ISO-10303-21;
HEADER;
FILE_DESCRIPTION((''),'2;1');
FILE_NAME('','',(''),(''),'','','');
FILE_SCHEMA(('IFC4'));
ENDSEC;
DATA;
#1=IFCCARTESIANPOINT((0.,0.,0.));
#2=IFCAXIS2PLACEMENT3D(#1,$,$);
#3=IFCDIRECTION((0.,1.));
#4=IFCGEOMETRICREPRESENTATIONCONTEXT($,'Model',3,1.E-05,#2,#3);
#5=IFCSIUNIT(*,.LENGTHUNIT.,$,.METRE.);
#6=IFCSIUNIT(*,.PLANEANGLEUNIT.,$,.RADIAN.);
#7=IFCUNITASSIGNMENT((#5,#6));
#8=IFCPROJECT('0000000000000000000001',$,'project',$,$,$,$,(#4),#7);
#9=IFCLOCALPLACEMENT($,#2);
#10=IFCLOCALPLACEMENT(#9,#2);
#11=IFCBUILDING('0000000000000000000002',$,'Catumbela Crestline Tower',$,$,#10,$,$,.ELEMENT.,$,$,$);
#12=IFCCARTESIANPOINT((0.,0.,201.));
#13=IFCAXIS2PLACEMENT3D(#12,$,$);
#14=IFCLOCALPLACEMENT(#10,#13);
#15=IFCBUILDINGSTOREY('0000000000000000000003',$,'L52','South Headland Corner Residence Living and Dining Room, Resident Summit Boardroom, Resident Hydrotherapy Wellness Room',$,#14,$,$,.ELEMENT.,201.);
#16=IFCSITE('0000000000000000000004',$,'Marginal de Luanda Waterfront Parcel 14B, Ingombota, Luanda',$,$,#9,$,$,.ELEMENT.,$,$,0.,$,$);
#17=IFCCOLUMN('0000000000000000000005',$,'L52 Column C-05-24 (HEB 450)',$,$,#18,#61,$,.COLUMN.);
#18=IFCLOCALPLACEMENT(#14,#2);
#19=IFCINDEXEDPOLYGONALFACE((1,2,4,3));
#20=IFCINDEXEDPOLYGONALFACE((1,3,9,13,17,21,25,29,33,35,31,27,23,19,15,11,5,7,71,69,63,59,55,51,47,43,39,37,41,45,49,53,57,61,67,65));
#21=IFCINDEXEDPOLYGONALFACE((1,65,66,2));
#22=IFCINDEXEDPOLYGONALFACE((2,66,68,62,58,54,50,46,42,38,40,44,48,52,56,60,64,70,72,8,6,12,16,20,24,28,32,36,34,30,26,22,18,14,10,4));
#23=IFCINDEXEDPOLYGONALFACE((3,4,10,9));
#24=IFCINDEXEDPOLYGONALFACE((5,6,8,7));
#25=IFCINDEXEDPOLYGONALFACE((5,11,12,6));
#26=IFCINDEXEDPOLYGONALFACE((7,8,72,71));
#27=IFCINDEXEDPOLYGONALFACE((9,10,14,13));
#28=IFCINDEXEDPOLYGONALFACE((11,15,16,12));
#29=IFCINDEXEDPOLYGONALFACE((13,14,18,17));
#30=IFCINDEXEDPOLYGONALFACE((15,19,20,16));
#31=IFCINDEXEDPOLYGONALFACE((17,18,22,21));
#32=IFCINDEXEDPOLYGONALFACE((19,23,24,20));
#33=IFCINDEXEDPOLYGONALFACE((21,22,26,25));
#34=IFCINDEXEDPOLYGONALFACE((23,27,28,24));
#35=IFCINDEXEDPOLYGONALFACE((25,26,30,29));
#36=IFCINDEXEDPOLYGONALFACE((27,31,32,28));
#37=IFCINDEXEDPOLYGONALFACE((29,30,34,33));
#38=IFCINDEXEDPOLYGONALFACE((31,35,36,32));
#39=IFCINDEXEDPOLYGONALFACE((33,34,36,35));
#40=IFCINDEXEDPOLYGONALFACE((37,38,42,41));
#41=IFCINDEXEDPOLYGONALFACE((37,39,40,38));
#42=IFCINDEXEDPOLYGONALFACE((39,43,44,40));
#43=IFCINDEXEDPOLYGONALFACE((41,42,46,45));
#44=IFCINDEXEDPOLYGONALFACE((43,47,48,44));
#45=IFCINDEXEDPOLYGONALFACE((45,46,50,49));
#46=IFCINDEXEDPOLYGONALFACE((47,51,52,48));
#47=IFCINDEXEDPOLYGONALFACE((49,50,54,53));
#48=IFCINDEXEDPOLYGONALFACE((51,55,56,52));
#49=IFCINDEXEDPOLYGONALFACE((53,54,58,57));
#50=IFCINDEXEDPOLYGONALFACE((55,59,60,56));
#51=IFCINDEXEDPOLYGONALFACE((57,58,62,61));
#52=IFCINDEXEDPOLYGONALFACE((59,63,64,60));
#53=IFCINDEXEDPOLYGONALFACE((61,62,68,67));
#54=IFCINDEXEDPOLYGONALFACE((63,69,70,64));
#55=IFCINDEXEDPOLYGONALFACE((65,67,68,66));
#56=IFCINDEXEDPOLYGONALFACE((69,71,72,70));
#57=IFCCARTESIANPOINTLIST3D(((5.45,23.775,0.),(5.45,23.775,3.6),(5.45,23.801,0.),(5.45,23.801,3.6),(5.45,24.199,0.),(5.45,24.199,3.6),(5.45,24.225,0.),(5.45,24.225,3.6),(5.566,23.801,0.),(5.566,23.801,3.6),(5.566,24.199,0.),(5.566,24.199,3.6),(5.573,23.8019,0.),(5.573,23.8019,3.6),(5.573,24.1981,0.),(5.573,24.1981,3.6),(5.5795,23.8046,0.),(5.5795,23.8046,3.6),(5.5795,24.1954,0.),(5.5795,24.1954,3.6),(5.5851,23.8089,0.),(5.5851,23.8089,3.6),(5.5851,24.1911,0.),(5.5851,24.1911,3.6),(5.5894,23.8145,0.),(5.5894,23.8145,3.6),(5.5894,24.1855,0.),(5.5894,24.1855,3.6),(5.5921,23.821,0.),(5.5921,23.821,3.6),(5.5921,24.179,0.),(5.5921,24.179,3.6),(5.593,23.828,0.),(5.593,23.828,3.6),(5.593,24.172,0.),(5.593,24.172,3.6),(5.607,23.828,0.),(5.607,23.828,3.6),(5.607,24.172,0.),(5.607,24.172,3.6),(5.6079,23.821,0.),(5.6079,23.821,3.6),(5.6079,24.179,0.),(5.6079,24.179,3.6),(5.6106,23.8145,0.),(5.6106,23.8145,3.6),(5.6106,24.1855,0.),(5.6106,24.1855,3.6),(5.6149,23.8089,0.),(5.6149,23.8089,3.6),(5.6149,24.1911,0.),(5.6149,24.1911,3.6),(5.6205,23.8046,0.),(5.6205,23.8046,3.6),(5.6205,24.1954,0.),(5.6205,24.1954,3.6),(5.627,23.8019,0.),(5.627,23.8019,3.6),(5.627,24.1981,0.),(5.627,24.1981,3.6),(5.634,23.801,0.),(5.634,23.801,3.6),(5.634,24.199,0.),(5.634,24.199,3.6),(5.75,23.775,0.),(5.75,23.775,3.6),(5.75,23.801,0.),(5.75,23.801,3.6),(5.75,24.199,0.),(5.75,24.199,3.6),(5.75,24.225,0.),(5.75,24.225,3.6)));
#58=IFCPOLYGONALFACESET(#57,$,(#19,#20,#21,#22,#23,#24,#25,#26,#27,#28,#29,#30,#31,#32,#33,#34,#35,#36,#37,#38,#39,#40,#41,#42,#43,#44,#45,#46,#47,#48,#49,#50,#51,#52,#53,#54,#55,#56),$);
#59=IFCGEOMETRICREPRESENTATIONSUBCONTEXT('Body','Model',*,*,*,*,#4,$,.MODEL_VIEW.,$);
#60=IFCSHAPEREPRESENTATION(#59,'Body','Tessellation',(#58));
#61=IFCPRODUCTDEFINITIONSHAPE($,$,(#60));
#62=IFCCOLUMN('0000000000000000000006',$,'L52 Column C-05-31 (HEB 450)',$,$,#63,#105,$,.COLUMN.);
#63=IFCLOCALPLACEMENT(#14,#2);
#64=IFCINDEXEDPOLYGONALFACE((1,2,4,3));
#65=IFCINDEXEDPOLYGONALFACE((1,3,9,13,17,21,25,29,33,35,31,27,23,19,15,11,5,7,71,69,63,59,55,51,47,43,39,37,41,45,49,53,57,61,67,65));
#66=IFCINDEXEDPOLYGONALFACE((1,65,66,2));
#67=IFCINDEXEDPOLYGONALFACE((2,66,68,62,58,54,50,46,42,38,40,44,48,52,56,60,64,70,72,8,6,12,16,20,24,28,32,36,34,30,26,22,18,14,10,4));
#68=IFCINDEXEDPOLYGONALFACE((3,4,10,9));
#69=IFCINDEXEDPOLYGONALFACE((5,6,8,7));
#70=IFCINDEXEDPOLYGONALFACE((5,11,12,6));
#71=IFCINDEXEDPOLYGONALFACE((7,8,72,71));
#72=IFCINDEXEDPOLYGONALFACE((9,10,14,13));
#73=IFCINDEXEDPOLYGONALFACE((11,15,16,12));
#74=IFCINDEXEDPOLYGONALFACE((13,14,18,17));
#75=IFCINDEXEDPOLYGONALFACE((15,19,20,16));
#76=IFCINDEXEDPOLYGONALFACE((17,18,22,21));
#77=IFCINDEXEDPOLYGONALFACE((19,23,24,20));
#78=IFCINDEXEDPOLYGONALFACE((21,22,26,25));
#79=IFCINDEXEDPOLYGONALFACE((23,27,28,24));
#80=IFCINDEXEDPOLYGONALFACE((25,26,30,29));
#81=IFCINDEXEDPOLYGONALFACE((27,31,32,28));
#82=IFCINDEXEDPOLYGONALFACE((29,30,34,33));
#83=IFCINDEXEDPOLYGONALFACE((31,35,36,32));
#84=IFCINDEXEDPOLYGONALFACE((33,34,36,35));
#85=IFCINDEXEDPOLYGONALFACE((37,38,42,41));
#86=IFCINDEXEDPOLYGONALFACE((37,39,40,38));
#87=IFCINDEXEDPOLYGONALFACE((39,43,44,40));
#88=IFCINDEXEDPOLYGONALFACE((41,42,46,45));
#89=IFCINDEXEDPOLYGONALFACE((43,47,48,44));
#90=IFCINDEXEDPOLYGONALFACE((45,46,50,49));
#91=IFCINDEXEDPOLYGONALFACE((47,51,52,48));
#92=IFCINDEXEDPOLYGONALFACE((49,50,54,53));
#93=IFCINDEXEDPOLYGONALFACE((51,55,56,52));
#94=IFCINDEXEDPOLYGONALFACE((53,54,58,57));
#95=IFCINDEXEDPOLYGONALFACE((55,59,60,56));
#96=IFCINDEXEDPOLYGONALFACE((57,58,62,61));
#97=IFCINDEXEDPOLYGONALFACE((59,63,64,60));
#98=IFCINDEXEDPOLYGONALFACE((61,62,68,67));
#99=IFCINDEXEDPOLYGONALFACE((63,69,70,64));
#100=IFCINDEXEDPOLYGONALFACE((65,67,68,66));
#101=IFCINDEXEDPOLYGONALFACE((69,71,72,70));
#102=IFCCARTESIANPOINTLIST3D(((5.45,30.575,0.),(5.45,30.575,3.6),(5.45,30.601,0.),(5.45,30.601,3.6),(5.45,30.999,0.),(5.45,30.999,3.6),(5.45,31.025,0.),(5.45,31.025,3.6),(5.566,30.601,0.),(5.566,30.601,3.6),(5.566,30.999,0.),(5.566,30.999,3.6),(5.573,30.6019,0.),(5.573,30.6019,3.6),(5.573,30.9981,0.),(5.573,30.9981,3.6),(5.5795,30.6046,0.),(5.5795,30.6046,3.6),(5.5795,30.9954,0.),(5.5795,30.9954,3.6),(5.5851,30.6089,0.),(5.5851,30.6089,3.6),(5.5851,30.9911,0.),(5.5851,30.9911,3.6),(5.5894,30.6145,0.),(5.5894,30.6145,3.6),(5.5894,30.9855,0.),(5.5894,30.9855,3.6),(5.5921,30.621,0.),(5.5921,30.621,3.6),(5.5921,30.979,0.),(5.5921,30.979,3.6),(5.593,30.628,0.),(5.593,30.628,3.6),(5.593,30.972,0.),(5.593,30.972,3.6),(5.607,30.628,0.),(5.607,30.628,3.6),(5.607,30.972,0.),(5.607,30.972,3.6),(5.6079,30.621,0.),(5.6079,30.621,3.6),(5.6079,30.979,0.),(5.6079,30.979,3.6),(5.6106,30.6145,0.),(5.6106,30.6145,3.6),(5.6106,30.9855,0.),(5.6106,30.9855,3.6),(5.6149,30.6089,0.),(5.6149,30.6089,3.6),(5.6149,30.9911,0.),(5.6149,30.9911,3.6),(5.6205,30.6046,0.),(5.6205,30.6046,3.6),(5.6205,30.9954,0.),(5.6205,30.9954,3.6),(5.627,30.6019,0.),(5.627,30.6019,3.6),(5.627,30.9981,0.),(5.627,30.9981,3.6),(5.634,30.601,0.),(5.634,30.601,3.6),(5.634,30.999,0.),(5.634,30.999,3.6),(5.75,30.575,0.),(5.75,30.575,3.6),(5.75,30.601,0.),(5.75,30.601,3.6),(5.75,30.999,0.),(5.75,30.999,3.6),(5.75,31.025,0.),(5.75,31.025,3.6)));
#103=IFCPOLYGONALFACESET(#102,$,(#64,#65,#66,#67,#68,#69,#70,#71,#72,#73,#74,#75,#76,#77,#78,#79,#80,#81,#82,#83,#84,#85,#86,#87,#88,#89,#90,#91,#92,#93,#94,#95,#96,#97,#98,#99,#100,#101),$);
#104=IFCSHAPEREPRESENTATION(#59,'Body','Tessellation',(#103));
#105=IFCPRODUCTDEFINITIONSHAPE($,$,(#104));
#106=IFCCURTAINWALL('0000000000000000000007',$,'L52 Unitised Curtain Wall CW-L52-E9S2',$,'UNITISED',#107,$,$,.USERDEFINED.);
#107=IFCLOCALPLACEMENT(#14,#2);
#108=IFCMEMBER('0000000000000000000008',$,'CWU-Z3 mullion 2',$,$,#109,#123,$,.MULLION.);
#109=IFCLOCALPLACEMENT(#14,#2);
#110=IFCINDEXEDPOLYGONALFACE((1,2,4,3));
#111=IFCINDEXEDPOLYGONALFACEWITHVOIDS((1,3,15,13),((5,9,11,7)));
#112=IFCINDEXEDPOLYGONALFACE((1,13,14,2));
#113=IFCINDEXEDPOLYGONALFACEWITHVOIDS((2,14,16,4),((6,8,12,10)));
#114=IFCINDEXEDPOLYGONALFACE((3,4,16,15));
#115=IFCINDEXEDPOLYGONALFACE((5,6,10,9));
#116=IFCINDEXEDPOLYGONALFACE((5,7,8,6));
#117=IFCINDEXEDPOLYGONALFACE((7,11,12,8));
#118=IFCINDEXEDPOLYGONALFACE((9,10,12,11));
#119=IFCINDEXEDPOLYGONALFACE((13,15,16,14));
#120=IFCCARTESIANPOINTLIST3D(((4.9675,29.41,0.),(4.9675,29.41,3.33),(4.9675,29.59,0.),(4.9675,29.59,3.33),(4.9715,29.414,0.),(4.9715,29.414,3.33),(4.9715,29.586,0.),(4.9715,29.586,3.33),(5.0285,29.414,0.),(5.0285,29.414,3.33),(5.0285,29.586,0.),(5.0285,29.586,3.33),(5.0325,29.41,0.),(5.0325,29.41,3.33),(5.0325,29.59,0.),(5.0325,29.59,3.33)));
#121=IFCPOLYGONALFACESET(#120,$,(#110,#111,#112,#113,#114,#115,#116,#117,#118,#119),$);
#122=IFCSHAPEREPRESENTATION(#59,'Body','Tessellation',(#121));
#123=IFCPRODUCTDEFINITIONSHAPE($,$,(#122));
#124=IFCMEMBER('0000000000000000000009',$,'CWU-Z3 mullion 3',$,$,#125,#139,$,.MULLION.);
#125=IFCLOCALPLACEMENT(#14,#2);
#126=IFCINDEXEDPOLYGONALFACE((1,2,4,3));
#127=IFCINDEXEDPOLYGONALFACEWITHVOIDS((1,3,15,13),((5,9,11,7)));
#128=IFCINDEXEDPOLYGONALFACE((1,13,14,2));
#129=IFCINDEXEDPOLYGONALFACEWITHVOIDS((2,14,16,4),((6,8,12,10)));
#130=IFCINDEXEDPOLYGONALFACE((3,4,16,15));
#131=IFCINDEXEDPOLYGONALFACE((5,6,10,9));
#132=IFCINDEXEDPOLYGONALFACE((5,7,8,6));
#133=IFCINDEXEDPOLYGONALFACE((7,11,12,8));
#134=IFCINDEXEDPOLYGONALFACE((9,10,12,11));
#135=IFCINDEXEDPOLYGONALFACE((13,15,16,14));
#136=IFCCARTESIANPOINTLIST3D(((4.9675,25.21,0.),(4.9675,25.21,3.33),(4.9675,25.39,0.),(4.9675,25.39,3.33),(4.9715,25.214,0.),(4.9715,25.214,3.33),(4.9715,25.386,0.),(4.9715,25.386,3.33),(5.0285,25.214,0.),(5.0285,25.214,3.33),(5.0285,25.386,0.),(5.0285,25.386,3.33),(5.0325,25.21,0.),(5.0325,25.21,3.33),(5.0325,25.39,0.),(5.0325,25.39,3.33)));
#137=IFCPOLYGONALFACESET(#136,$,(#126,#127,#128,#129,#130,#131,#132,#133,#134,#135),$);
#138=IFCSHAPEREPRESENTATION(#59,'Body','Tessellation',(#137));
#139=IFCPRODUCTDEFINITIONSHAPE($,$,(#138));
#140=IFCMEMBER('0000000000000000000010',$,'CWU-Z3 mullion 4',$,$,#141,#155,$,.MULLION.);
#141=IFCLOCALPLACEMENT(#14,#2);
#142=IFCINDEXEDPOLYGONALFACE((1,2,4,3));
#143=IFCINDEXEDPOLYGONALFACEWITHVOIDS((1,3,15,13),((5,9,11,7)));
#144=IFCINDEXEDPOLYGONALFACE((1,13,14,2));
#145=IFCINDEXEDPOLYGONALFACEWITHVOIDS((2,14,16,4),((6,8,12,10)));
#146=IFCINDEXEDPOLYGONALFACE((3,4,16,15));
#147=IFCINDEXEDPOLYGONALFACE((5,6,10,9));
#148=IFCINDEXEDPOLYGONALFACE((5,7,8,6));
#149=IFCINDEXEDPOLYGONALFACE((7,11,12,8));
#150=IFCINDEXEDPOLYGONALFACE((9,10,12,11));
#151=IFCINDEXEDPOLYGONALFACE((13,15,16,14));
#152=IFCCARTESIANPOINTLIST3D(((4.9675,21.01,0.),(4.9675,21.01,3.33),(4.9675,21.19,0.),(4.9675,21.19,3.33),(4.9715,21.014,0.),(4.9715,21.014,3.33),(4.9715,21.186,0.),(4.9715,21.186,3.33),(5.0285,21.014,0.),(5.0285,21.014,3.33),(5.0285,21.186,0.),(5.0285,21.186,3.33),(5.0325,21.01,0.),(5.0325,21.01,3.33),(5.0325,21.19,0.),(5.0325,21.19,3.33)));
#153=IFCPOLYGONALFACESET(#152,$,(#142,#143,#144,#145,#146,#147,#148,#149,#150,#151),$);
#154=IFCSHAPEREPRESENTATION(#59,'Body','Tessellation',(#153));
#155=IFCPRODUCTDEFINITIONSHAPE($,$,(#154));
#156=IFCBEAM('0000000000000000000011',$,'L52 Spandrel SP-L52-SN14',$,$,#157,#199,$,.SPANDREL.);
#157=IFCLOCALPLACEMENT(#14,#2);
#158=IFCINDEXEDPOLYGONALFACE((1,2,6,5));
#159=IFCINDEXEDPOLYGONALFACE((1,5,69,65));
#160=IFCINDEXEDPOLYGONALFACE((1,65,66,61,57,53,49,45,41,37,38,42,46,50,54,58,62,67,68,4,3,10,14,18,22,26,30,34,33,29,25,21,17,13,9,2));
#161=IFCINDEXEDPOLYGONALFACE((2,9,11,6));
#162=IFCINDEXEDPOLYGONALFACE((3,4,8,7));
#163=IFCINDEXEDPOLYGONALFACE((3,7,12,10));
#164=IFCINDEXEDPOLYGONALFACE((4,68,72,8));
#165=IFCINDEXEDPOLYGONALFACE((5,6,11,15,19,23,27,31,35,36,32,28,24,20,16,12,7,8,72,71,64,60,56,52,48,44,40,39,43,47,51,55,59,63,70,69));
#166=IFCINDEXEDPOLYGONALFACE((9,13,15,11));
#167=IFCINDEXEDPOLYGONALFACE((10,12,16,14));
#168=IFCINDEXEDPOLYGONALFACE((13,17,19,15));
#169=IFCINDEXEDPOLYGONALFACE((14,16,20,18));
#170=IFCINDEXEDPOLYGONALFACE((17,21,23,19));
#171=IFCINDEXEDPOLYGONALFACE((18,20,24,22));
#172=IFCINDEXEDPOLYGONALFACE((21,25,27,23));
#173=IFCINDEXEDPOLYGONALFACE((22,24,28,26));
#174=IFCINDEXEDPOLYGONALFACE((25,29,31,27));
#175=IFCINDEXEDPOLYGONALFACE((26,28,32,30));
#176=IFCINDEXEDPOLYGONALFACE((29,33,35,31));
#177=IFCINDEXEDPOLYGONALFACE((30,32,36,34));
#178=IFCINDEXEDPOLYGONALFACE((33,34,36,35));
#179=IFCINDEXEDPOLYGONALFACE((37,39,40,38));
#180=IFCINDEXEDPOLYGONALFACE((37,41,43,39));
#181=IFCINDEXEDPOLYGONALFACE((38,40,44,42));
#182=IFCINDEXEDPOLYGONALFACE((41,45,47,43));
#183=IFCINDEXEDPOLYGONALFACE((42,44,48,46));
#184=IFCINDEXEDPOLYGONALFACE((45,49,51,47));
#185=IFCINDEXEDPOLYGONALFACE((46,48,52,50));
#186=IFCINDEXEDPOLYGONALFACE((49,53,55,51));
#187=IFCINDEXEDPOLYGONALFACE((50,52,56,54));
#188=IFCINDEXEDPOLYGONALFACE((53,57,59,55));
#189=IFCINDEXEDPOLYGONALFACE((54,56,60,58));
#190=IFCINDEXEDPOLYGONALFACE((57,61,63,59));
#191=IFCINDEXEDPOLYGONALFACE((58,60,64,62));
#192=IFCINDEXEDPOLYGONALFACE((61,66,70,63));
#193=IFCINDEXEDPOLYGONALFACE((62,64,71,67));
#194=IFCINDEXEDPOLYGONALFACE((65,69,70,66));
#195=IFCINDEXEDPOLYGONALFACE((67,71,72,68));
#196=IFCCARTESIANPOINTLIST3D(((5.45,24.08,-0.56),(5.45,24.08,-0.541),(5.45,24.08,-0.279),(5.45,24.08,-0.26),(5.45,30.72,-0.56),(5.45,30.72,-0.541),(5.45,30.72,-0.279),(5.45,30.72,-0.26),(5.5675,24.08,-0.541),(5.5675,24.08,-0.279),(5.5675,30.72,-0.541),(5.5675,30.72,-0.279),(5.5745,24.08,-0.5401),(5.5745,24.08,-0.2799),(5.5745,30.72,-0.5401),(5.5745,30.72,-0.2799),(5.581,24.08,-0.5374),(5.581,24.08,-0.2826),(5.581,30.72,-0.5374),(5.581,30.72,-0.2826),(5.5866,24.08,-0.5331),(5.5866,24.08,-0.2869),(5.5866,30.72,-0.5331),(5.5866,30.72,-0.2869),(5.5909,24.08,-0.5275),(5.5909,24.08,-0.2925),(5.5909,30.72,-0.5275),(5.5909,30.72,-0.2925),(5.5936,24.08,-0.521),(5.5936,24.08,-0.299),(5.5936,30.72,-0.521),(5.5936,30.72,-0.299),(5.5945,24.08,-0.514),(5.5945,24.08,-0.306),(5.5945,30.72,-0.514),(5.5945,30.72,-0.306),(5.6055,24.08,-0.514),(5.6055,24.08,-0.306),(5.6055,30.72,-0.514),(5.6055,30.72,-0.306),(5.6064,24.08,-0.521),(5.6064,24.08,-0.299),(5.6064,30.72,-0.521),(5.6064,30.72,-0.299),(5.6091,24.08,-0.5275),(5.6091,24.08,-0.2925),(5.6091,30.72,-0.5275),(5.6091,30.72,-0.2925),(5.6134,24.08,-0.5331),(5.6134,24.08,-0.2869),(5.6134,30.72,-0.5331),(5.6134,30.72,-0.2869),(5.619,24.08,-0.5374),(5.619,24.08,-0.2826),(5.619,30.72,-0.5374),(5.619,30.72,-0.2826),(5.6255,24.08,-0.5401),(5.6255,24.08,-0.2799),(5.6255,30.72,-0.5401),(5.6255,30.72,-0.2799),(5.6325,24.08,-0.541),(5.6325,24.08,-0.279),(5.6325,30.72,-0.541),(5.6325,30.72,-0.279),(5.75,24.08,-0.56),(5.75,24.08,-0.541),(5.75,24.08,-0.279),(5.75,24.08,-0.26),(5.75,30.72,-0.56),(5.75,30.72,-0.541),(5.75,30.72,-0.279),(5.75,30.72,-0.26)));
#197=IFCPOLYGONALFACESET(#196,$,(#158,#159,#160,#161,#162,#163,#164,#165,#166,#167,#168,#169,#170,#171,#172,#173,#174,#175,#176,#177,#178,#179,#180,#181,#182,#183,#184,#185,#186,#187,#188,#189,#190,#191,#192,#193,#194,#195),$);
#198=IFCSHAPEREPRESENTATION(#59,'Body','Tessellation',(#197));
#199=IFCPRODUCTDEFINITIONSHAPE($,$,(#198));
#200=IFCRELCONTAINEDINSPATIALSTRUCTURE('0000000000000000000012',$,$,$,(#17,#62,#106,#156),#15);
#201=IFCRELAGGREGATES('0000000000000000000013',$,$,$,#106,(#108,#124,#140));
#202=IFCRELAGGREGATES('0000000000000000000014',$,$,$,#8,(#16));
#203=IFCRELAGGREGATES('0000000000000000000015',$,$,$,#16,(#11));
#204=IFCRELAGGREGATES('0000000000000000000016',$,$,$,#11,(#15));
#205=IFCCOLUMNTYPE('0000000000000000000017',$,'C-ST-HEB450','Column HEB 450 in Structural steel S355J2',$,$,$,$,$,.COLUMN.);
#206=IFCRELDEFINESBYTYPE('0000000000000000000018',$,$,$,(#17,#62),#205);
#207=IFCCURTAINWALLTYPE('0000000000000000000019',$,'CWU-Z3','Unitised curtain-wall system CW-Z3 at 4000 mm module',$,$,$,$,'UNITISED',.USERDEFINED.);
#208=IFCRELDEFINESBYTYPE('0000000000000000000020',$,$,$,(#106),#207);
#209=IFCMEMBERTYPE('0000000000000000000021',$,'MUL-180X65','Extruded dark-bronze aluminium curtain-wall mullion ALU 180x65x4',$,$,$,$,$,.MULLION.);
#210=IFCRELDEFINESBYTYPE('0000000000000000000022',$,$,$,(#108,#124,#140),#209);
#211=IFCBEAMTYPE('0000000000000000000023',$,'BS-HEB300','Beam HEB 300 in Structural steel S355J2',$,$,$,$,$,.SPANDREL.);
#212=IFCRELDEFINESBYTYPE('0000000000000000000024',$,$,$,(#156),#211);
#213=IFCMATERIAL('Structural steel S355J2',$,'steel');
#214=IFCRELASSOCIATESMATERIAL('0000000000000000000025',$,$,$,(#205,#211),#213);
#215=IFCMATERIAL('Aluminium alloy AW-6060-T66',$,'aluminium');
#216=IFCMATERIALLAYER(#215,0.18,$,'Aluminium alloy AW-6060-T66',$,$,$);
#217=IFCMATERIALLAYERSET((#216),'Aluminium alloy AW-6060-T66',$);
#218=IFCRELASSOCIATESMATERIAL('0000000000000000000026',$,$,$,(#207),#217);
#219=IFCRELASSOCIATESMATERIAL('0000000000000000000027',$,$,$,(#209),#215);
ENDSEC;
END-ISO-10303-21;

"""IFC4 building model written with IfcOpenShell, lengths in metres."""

from ifc_helpers import new_model, si_unit, direction, frame, origin, origin_2d, place, context, subcontext, project, spatial, hollow_rectangle, i_section, extrude, material, layer, layer_set, material_profile, profile_set, type_object, element, aggregate, save


model = new_model("IFC4")

# Units and contexts
model_context = context("Model", 3, precision=1e-05, world=origin(), true_north=direction((0.0, 1.0)))
body_context = subcontext(model_context, "Body", "Model", "MODEL_VIEW")
ifc_project = project(units=[si_unit("LENGTHUNIT", "METRE"), si_unit("PLANEANGLEUNIT", "RADIAN")], contexts=[model_context])

# Site, building, storey
site_placement = place(None, origin())
site = spatial("IfcSite", under=ifc_project, at=site_placement, Name="Marginal de Luanda Waterfront Parcel 14B, Ingombota, Luanda", CompositionType="ELEMENT", RefElevation=0.0)
building_placement = place(site_placement, origin())
building = spatial("IfcBuilding", under=site, at=building_placement, Name="Catumbela Crestline Tower", CompositionType="ELEMENT")
storey_placement = place(building_placement, frame((0.0, 0.0, 201.0)))
storey = spatial("IfcBuildingStorey", under=building, at=storey_placement, Name="L52", Description="South Headland Corner Residence Living and Dining Room, Resident Summit Boardroom, Resident Hydrotherapy Wellness Room", CompositionType="ELEMENT", Elevation=201.0)

# Columns
ifc_material_1 = material(Name="Structural steel S355J2", Category="steel")
ifc_material_profile_1 = material_profile(ifc_material_1, i_section(OverallWidth=0.3, OverallDepth=0.45, WebThickness=0.014, FlangeThickness=0.026, FilletRadius=0.027, at=origin_2d()), Name="HEB 450")
ifc_profile_set_1 = profile_set([ifc_material_profile_1], Name="Structural steel S355J2")
column_type = type_object("IfcColumnType", Name="C-ST-HEB450", Description="Column HEB 450 in Structural steel S355J2", PredefinedType="COLUMN", material=ifc_profile_set_1)
for number, where, z_axis, x_axis, name in (
    (1, (5.6, 24.0, 0.0), (0.0, 0.0, 1.0), (1.0, 0.0, 0.0), "L52 Column C-05-24 (HEB 450)"),
    (2, (5.6, 30.8, 0.0), (0.0, 0.0, 1.0), (1.0, 0.0, 0.0), "L52 Column C-05-31 (HEB 450)"),
):
    element("IfcColumn", number, at=place(storey_placement, frame(where, z_axis=z_axis, x_axis=x_axis)), inside=storey, type_object=column_type, Name=name, PredefinedType="COLUMN", context=body_context, shape_type="SweptSolid", body=[
        extrude(i_section(OverallWidth=0.3, OverallDepth=0.45, WebThickness=0.014, FlangeThickness=0.026, FilletRadius=0.027, at=origin_2d()), origin(), (0.0, 0.0, 1.0), 3.6),
    ])

# Curtain wall, members
ifc_material_2 = material(Name="Aluminium alloy AW-6060-T66", Category="aluminium")
ifc_layer_1 = layer(ifc_material_2, 0.18, Name="Aluminium alloy AW-6060-T66")
ifc_layer_set_1 = layer_set([ifc_layer_1], Name="Aluminium alloy AW-6060-T66")
curtain_wall_type = type_object("IfcCurtainWallType", Name="CWU-Z3", Description="Unitised curtain-wall system CW-Z3 at 4000 mm module", ElementType="UNITISED", PredefinedType="USERDEFINED", material=ifc_layer_set_1)
curtain_wall_placement = place(storey_placement, origin())
curtain_wall = element("IfcCurtainWall", 3, at=curtain_wall_placement, inside=storey, type_object=curtain_wall_type, Name="L52 Unitised Curtain Wall CW-L52-E9S2", ObjectType="UNITISED", PredefinedType="USERDEFINED")
ifc_material_profile_2 = material_profile(ifc_material_2, hollow_rectangle(XDim=0.065, YDim=0.18, WallThickness=0.004, at=origin_2d()), Name="ALU 180x65x4")
ifc_profile_set_2 = profile_set([ifc_material_profile_2], Name="Aluminium alloy AW-6060-T66")
member_type_1 = type_object("IfcMemberType", Name="MUL-180X65", Description="Extruded dark-bronze aluminium curtain-wall mullion ALU 180x65x4", PredefinedType="MULLION", material=ifc_profile_set_2)
member_1_placement = place(storey_placement, frame((5.0, 29.5, 0.0), z_axis=(0.0, 0.0, 1.0), x_axis=(1.0, 0.0, 0.0)))
member_1 = element("IfcMember", 4, at=member_1_placement, type_object=member_type_1, Name="CWU-Z3 mullion 2", PredefinedType="MULLION", context=body_context, shape_type="SweptSolid", body=[
    extrude(hollow_rectangle(XDim=0.065, YDim=0.18, WallThickness=0.004, at=origin_2d()), origin(), (0.0, 0.0, 1.0), 3.33),
])
member_2_placement = place(storey_placement, frame((5.0, 25.3, 0.0), z_axis=(0.0, 0.0, 1.0), x_axis=(1.0, 0.0, 0.0)))
member_2 = element("IfcMember", 5, at=member_2_placement, type_object=member_type_1, Name="CWU-Z3 mullion 3", PredefinedType="MULLION", context=body_context, shape_type="SweptSolid", body=[
    extrude(hollow_rectangle(XDim=0.065, YDim=0.18, WallThickness=0.004, at=origin_2d()), origin(), (0.0, 0.0, 1.0), 3.33),
])
member_3_placement = place(storey_placement, frame((5.0, 21.1, 0.0), z_axis=(0.0, 0.0, 1.0), x_axis=(1.0, 0.0, 0.0)))
member_3 = element("IfcMember", 6, at=member_3_placement, type_object=member_type_1, Name="CWU-Z3 mullion 4", PredefinedType="MULLION", context=body_context, shape_type="SweptSolid", body=[
    extrude(hollow_rectangle(XDim=0.065, YDim=0.18, WallThickness=0.004, at=origin_2d()), origin(), (0.0, 0.0, 1.0), 3.33),
])

# Beam
ifc_material_profile_3 = material_profile(ifc_material_1, i_section(OverallWidth=0.3, OverallDepth=0.3, WebThickness=0.011, FlangeThickness=0.019, FilletRadius=0.027, at=origin_2d()), Name="HEB 300")
ifc_profile_set_3 = profile_set([ifc_material_profile_3], Name="Structural steel S355J2")
beam_type = type_object("IfcBeamType", Name="BS-HEB300", Description="Beam HEB 300 in Structural steel S355J2", PredefinedType="SPANDREL", material=ifc_profile_set_3)
beam_1_placement = place(storey_placement, frame((5.6, 24.08, -0.41), z_axis=(0.0, 1.0, 0.0), x_axis=(-1.0, 0.0, 0.0)))
element("IfcBeam", 7, at=beam_1_placement, inside=storey, type_object=beam_type, Name="L52 Spandrel SP-L52-SN14", PredefinedType="SPANDREL", context=body_context, shape_type="SweptSolid", body=[
    extrude(i_section(OverallWidth=0.3, OverallDepth=0.3, WebThickness=0.011, FlangeThickness=0.019, FilletRadius=0.027, at=origin_2d()), origin(), (0.0, 0.0, 1.0), 6.64),
])

aggregate(curtain_wall, [member_1, member_2, member_3])

save(model, "model.ifc")
